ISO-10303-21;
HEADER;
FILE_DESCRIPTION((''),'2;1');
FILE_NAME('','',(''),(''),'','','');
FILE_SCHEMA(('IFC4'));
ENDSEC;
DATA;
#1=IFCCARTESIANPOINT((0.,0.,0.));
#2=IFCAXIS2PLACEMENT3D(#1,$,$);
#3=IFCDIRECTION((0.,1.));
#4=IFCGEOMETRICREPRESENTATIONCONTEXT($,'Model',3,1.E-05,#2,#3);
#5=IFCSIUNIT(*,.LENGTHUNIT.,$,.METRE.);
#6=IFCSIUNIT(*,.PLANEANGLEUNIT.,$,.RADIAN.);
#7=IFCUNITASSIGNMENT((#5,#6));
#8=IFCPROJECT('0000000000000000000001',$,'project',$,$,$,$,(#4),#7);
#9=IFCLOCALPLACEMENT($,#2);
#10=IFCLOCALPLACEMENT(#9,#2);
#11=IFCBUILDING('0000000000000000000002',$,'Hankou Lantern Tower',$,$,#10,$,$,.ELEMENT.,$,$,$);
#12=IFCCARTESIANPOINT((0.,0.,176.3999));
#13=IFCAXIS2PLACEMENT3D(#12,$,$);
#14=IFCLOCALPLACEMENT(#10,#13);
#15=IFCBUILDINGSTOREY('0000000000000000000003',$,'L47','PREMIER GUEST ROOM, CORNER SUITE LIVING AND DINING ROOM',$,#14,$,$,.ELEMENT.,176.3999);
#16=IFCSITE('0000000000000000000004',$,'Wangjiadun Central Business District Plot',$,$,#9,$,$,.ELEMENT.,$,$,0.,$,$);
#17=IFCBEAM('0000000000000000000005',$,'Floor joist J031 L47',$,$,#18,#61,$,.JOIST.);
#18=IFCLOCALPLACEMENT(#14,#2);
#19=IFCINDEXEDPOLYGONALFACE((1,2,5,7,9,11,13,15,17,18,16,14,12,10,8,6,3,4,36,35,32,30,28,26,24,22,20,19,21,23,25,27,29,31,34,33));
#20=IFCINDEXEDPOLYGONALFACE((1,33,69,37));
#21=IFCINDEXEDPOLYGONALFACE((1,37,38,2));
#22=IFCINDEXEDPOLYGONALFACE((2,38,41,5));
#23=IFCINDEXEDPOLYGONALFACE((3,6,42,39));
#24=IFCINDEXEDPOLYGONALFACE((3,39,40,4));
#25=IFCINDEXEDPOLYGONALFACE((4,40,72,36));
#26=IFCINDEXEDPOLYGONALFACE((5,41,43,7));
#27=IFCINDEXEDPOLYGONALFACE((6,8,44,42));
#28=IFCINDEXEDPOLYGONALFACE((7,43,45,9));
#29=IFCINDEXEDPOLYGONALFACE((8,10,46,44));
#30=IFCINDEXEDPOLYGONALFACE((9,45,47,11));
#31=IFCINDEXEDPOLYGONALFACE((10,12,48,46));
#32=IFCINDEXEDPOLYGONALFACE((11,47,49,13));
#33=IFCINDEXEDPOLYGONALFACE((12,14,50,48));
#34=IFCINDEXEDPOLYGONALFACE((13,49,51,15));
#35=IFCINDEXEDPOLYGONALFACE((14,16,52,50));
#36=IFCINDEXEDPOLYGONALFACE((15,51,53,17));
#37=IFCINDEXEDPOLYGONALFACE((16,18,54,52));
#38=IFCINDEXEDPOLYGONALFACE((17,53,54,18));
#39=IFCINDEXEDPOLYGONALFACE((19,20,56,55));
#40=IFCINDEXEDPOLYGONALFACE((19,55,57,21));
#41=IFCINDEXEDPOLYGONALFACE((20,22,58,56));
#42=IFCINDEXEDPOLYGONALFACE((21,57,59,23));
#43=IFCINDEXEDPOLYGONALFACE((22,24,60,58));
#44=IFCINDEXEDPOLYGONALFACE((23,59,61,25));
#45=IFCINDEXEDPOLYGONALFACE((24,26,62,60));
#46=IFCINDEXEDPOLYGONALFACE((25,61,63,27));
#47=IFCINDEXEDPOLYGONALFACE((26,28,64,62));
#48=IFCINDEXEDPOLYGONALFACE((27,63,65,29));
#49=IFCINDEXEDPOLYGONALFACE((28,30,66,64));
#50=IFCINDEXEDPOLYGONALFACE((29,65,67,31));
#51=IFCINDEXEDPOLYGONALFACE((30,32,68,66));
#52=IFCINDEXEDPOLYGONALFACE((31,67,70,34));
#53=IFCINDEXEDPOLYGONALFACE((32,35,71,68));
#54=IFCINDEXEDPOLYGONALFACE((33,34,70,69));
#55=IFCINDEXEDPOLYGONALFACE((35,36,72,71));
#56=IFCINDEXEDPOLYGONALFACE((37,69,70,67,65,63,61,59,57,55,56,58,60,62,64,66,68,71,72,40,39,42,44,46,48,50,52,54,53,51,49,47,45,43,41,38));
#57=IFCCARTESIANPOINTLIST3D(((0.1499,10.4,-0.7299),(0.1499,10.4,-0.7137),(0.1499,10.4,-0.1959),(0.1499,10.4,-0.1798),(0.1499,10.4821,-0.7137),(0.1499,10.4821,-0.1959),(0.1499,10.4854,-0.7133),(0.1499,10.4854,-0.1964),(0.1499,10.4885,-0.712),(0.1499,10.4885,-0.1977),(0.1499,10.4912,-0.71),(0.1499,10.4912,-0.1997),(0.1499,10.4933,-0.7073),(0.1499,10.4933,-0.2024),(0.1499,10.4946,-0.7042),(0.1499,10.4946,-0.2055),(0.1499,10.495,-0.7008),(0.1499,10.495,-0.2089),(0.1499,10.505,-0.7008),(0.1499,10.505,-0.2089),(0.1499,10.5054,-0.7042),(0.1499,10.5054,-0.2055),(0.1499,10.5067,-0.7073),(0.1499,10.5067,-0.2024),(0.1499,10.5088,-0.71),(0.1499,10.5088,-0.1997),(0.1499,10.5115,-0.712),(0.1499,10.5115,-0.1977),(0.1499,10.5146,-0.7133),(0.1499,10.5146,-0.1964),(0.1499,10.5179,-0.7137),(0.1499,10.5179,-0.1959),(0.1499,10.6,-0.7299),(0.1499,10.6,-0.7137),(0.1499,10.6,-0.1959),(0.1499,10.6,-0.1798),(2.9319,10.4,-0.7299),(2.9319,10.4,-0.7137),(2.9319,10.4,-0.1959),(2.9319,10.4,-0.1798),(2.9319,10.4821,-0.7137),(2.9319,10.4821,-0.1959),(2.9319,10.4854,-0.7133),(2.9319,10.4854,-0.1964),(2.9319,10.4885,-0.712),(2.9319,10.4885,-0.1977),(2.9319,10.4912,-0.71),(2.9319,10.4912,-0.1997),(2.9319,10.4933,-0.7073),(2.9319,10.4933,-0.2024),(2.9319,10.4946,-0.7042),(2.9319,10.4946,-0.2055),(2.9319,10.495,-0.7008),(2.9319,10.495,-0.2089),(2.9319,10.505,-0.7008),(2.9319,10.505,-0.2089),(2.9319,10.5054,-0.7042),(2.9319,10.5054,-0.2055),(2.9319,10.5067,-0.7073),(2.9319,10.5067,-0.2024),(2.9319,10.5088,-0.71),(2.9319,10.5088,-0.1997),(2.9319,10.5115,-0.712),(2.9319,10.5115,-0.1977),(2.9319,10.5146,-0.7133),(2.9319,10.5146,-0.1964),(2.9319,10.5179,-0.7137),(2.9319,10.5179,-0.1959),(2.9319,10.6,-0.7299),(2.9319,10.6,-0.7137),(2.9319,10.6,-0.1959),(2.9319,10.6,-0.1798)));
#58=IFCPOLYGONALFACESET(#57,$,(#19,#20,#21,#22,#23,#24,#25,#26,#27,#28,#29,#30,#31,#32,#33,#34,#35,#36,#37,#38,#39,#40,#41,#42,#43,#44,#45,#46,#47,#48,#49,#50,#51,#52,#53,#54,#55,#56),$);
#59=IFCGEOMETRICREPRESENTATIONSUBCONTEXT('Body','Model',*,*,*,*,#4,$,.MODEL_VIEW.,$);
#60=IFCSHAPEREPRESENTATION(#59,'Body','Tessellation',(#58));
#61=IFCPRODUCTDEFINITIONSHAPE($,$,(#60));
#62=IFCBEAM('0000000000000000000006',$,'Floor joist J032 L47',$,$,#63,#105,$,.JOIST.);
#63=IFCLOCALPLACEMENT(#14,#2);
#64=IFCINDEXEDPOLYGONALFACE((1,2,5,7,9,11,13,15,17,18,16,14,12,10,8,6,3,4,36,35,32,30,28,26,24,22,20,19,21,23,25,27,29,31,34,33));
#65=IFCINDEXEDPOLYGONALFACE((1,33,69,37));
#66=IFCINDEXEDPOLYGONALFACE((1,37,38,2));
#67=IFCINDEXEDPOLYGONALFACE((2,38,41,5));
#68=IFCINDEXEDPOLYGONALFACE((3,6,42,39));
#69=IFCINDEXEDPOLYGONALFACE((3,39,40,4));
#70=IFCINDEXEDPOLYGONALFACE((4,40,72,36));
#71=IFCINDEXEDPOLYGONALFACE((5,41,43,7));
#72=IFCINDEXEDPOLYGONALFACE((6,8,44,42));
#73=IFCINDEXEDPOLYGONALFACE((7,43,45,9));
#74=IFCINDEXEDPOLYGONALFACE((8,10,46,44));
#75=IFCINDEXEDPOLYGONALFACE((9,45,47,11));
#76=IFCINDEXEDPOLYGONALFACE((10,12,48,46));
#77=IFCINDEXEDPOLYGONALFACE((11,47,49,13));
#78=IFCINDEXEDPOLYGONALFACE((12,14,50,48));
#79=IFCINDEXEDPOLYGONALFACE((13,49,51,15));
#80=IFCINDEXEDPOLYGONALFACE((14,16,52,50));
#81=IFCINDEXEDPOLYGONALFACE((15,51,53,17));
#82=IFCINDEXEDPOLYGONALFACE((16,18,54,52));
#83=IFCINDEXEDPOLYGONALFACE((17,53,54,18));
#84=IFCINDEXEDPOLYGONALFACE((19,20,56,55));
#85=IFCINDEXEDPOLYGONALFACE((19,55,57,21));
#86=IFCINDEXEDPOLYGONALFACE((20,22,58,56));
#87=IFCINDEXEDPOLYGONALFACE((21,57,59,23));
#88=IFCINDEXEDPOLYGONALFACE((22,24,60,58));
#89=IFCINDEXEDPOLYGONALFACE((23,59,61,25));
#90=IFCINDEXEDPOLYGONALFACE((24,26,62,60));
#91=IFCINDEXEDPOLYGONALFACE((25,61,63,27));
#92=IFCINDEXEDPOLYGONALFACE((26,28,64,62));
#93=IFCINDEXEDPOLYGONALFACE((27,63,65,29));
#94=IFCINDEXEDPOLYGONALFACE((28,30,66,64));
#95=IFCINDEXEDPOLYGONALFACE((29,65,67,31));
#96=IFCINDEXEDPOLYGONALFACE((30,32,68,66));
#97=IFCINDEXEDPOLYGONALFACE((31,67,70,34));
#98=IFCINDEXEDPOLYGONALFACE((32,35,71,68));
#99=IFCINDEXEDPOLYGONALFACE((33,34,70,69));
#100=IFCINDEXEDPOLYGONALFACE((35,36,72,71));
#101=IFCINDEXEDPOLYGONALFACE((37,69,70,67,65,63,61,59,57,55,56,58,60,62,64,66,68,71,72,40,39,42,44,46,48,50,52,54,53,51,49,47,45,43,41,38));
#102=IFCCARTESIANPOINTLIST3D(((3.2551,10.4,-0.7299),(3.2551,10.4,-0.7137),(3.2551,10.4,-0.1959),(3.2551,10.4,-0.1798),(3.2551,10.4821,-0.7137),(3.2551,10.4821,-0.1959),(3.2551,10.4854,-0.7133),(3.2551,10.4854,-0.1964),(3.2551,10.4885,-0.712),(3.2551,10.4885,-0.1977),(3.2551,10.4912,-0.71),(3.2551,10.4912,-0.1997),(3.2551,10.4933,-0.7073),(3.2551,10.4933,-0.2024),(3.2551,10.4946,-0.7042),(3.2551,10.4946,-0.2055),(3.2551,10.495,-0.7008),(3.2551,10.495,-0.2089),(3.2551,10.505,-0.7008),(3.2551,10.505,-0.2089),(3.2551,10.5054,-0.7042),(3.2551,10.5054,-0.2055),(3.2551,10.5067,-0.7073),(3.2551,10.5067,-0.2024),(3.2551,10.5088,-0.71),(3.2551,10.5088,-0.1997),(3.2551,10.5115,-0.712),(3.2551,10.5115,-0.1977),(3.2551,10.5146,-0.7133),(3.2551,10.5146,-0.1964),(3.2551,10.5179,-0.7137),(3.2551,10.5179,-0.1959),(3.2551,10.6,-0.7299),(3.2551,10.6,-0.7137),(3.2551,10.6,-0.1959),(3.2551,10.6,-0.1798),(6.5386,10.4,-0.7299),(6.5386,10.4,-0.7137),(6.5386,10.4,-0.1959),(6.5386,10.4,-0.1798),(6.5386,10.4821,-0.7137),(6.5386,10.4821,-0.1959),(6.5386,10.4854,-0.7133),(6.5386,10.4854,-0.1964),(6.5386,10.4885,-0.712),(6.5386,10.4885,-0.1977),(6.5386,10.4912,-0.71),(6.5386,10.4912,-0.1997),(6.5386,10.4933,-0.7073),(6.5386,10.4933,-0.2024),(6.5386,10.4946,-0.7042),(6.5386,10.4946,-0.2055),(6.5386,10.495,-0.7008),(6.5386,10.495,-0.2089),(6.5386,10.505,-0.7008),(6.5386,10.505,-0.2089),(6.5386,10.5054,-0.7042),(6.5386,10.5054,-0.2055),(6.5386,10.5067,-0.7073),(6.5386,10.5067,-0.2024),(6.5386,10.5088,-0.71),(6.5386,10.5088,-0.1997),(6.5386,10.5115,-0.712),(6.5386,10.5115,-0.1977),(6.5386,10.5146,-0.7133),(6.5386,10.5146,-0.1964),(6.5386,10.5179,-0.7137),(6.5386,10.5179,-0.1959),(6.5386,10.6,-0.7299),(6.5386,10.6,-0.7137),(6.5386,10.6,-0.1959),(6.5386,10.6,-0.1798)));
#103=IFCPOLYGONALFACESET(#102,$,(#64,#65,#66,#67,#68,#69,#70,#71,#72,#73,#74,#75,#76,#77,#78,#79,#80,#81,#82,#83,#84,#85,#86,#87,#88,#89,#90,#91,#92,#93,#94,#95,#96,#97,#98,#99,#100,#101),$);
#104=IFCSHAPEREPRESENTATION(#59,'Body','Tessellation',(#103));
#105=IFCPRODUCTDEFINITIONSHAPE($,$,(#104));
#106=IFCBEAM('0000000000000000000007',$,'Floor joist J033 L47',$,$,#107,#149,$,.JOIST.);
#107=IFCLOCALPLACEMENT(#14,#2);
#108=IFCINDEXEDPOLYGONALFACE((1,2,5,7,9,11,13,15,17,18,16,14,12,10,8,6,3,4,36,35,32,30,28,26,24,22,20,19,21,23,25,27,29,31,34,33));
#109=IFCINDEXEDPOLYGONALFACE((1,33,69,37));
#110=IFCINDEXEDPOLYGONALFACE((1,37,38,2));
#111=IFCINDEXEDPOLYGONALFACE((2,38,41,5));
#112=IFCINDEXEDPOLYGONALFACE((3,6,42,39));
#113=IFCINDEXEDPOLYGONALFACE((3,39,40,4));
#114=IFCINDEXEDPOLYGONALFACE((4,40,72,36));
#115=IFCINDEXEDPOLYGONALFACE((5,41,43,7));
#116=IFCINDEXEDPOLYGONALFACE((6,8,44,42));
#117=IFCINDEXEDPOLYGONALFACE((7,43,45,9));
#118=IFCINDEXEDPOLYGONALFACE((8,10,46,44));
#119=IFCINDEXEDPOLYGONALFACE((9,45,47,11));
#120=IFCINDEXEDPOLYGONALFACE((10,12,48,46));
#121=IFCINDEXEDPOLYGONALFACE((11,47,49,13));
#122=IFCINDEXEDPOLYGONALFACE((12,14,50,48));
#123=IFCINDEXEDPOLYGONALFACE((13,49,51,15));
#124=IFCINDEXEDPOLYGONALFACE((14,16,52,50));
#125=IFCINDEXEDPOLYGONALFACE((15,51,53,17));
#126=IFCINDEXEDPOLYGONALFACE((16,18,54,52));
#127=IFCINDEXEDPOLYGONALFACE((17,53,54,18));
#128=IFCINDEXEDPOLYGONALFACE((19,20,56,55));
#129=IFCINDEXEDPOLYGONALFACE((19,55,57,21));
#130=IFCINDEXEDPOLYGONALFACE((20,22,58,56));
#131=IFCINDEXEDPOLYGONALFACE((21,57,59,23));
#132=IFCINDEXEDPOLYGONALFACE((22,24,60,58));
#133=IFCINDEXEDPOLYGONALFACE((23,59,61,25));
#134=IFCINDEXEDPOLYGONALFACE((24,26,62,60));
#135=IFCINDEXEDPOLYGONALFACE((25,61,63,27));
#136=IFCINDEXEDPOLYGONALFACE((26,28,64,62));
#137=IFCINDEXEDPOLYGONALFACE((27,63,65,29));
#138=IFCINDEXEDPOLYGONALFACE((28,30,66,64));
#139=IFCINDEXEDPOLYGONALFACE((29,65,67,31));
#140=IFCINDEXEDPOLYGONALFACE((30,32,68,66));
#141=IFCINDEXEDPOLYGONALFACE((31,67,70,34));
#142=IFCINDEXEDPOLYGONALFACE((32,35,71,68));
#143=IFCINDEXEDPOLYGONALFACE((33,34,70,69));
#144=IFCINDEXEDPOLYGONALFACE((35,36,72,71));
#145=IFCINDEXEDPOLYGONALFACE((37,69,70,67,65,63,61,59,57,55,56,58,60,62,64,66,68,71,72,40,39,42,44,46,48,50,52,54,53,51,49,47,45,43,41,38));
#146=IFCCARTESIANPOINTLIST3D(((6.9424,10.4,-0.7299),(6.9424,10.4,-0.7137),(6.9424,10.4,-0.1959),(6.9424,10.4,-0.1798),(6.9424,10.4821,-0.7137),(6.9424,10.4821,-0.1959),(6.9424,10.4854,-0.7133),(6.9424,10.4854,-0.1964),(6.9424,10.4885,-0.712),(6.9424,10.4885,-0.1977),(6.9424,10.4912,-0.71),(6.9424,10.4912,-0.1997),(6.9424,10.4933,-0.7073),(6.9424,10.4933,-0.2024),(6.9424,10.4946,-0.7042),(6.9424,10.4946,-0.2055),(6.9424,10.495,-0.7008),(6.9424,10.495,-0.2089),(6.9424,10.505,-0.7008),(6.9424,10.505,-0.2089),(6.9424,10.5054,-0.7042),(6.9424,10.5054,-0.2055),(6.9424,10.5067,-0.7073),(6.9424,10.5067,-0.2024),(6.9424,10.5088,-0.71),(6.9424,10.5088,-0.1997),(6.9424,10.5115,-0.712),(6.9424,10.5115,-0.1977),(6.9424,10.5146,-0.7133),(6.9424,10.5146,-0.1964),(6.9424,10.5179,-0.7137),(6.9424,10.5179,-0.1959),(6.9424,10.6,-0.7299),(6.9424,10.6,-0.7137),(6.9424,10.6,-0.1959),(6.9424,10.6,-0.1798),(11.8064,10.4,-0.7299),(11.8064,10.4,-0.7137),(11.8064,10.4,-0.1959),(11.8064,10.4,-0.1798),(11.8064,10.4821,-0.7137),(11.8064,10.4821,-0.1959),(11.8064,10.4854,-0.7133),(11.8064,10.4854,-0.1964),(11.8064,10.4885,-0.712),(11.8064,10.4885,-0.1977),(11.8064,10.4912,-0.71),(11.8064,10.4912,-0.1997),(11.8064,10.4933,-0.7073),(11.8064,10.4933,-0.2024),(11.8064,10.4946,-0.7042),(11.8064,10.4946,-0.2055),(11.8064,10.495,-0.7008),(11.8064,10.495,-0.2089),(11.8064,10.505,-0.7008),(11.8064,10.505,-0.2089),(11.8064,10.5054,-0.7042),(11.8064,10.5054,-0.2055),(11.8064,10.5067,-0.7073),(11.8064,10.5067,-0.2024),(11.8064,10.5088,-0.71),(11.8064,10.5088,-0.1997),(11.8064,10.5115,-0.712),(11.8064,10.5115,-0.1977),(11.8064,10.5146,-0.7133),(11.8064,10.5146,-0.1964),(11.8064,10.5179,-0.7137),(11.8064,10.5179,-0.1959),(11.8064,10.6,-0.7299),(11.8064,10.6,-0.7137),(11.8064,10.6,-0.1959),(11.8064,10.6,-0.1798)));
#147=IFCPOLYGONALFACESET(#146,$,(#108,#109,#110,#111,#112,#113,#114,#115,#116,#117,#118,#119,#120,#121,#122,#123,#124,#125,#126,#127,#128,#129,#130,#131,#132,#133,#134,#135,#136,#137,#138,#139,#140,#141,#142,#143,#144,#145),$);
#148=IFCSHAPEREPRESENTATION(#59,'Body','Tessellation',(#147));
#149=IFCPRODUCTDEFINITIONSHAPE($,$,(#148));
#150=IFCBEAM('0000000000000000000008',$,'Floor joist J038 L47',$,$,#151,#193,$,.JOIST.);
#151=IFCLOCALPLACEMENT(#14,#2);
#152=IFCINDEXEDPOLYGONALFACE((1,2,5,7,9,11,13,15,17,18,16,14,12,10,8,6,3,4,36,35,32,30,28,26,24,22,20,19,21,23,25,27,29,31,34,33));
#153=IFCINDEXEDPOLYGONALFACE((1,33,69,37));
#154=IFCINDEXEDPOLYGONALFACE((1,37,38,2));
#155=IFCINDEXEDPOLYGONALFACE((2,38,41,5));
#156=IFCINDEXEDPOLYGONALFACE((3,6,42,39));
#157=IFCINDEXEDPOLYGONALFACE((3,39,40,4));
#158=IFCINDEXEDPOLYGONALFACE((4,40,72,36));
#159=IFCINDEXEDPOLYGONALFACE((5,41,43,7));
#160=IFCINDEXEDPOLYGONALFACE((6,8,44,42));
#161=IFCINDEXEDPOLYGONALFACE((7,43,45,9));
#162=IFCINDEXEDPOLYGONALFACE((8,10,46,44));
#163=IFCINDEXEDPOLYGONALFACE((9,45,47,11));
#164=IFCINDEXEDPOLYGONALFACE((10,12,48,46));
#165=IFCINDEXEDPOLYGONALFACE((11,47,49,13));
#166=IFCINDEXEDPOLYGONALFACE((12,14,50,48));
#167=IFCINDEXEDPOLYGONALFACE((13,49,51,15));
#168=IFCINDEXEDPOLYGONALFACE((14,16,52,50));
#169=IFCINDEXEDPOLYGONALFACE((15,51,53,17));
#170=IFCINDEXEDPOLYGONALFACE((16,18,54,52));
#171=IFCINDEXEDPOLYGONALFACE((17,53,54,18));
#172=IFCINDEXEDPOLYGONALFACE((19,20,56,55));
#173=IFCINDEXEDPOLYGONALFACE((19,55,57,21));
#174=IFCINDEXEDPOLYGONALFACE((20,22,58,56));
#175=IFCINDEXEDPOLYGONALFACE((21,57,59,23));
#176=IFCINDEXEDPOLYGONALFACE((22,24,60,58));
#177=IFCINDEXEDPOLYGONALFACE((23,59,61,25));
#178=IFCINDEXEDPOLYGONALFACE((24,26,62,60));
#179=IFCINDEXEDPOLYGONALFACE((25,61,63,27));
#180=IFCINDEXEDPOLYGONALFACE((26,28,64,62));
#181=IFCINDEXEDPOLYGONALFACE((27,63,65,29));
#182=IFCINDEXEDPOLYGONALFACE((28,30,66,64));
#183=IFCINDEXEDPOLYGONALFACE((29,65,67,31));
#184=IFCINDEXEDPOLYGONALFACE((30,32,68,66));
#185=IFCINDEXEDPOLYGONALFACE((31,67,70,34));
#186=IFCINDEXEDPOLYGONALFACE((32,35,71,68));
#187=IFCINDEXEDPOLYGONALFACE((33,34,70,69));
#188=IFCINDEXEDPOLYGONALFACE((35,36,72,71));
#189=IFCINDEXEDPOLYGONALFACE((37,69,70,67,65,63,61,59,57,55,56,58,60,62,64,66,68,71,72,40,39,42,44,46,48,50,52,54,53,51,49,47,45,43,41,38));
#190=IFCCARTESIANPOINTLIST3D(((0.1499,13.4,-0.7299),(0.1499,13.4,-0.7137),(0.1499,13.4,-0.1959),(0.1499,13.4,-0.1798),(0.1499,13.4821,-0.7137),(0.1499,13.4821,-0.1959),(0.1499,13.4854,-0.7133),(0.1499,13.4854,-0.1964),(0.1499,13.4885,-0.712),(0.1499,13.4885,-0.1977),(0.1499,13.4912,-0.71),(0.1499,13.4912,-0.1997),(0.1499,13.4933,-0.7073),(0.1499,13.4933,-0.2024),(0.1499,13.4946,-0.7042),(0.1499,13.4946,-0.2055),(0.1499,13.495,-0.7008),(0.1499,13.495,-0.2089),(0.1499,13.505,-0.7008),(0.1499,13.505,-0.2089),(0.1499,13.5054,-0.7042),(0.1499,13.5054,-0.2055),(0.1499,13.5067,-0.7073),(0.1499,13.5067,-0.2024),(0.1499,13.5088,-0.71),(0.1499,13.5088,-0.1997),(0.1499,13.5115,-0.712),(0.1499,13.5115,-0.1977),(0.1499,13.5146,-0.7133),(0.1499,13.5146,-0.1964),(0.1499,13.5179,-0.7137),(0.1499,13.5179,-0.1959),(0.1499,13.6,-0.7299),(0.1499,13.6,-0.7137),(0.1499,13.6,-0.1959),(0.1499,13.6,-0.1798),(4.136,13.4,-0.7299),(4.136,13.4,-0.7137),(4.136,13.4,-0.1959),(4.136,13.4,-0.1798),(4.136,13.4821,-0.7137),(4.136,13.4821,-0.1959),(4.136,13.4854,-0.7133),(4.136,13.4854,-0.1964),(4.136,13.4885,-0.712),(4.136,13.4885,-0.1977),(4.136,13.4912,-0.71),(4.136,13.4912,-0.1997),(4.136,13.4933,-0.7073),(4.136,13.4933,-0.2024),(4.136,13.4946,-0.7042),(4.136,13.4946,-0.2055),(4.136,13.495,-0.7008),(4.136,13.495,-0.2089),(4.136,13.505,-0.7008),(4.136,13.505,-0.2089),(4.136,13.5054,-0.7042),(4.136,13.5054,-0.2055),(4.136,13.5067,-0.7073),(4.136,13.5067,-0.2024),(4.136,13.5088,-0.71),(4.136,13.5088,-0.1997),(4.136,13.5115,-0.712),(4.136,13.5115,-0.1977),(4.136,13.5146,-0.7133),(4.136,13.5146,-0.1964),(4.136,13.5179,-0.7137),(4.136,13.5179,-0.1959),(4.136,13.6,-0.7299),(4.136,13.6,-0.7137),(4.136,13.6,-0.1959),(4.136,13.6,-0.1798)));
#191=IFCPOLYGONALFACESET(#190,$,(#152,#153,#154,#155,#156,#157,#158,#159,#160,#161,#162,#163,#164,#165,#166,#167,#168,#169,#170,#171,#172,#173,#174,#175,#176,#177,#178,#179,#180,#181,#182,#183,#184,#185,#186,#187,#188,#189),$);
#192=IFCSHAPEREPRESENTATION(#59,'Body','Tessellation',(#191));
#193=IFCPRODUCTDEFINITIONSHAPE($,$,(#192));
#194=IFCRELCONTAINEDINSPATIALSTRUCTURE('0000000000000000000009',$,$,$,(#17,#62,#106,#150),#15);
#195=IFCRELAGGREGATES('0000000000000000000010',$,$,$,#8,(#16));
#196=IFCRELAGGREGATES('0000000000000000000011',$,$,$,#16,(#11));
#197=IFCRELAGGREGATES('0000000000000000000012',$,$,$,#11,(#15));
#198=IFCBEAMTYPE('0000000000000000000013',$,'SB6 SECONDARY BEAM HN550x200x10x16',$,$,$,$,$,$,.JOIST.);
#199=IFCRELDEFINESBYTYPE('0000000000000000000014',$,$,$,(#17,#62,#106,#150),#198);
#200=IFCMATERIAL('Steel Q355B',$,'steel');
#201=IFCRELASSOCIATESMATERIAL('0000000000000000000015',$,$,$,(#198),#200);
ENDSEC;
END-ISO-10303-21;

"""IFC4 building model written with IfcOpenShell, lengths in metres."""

from ifc_helpers import new_model, si_unit, direction, frame, origin, origin_2d, place, context, subcontext, project, spatial, i_section, extrude, material, material_profile, profile_set, type_object, element, save


model = new_model("IFC4")

# Units and contexts
model_context = context("Model", 3, precision=1e-05, world=origin(), true_north=direction((0.0, 1.0)))
body_context = subcontext(model_context, "Body", "Model", "MODEL_VIEW")
ifc_project = project(units=[si_unit("LENGTHUNIT", "METRE"), si_unit("PLANEANGLEUNIT", "RADIAN")], contexts=[model_context])

# Site, building, storey
site_placement = place(None, origin())
site = spatial("IfcSite", under=ifc_project, at=site_placement, Name="Wangjiadun Central Business District Plot", CompositionType="ELEMENT", RefElevation=0.0)
building_placement = place(site_placement, origin())
building = spatial("IfcBuilding", under=site, at=building_placement, Name="Hankou Lantern Tower", CompositionType="ELEMENT")
storey_placement = place(building_placement, frame((0.0, 0.0, 176.3999)))
storey = spatial("IfcBuildingStorey", under=building, at=storey_placement, Name="L47", Description="PREMIER GUEST ROOM, CORNER SUITE LIVING AND DINING ROOM", CompositionType="ELEMENT", Elevation=176.3999)

# Beams
ifc_material_1 = material(Name="Steel Q355B", Category="steel")
ifc_material_profile_1 = material_profile(ifc_material_1, i_section(OverallWidth=0.2, OverallDepth=0.55, WebThickness=0.01, FlangeThickness=0.0161, FilletRadius=0.0129, at=origin_2d()), Name="HN550x200x10x16")
ifc_profile_set_1 = profile_set([ifc_material_profile_1], Name="Steel Q355B")
beam_type_1 = type_object("IfcBeamType", Name="SB6 SECONDARY BEAM HN550x200x10x16", PredefinedType="JOIST", material=ifc_profile_set_1)
beam_1_placement = place(storey_placement, frame((0.1499, 10.5, -0.4548), z_axis=(1.0, 0.0, 0.0), x_axis=(0.0, 1.0, 0.0)))
element("IfcBeam", 1, at=beam_1_placement, inside=storey, type_object=beam_type_1, Name="Floor joist J031 L47", PredefinedType="JOIST", context=body_context, shape_type="SweptSolid", body=[
    extrude(i_section(OverallWidth=0.2, OverallDepth=0.55, WebThickness=0.01, FlangeThickness=0.0161, FilletRadius=0.0129, at=origin_2d()), origin(), (0.0, 0.0, 1.0), 2.782),
])
beam_2_placement = place(storey_placement, frame((3.2551, 10.5, -0.4548), z_axis=(1.0, 0.0, 0.0), x_axis=(0.0, 1.0, 0.0)))
element("IfcBeam", 2, at=beam_2_placement, inside=storey, type_object=beam_type_1, Name="Floor joist J032 L47", PredefinedType="JOIST", context=body_context, shape_type="SweptSolid", body=[
    extrude(i_section(OverallWidth=0.2, OverallDepth=0.55, WebThickness=0.01, FlangeThickness=0.0161, FilletRadius=0.0129, at=origin_2d()), origin(), (0.0, 0.0, 1.0), 3.2834),
])
beam_3_placement = place(storey_placement, frame((6.9424, 10.5, -0.4548), z_axis=(1.0, 0.0, 0.0), x_axis=(0.0, 1.0, 0.0)))
element("IfcBeam", 3, at=beam_3_placement, inside=storey, type_object=beam_type_1, Name="Floor joist J033 L47", PredefinedType="JOIST", context=body_context, shape_type="SweptSolid", body=[
    extrude(i_section(OverallWidth=0.2, OverallDepth=0.55, WebThickness=0.01, FlangeThickness=0.0161, FilletRadius=0.0129, at=origin_2d()), origin(), (0.0, 0.0, 1.0), 4.864),
])
beam_4_placement = place(storey_placement, frame((0.1499, 13.5, -0.4548), z_axis=(1.0, 0.0, 0.0), x_axis=(0.0, 1.0, 0.0)))
element("IfcBeam", 4, at=beam_4_placement, inside=storey, type_object=beam_type_1, Name="Floor joist J038 L47", PredefinedType="JOIST", context=body_context, shape_type="SweptSolid", body=[
    extrude(i_section(OverallWidth=0.2, OverallDepth=0.55, WebThickness=0.01, FlangeThickness=0.0161, FilletRadius=0.0129, at=origin_2d()), origin(), (0.0, 0.0, 1.0), 3.9861),
])

save(model, "model.ifc")
